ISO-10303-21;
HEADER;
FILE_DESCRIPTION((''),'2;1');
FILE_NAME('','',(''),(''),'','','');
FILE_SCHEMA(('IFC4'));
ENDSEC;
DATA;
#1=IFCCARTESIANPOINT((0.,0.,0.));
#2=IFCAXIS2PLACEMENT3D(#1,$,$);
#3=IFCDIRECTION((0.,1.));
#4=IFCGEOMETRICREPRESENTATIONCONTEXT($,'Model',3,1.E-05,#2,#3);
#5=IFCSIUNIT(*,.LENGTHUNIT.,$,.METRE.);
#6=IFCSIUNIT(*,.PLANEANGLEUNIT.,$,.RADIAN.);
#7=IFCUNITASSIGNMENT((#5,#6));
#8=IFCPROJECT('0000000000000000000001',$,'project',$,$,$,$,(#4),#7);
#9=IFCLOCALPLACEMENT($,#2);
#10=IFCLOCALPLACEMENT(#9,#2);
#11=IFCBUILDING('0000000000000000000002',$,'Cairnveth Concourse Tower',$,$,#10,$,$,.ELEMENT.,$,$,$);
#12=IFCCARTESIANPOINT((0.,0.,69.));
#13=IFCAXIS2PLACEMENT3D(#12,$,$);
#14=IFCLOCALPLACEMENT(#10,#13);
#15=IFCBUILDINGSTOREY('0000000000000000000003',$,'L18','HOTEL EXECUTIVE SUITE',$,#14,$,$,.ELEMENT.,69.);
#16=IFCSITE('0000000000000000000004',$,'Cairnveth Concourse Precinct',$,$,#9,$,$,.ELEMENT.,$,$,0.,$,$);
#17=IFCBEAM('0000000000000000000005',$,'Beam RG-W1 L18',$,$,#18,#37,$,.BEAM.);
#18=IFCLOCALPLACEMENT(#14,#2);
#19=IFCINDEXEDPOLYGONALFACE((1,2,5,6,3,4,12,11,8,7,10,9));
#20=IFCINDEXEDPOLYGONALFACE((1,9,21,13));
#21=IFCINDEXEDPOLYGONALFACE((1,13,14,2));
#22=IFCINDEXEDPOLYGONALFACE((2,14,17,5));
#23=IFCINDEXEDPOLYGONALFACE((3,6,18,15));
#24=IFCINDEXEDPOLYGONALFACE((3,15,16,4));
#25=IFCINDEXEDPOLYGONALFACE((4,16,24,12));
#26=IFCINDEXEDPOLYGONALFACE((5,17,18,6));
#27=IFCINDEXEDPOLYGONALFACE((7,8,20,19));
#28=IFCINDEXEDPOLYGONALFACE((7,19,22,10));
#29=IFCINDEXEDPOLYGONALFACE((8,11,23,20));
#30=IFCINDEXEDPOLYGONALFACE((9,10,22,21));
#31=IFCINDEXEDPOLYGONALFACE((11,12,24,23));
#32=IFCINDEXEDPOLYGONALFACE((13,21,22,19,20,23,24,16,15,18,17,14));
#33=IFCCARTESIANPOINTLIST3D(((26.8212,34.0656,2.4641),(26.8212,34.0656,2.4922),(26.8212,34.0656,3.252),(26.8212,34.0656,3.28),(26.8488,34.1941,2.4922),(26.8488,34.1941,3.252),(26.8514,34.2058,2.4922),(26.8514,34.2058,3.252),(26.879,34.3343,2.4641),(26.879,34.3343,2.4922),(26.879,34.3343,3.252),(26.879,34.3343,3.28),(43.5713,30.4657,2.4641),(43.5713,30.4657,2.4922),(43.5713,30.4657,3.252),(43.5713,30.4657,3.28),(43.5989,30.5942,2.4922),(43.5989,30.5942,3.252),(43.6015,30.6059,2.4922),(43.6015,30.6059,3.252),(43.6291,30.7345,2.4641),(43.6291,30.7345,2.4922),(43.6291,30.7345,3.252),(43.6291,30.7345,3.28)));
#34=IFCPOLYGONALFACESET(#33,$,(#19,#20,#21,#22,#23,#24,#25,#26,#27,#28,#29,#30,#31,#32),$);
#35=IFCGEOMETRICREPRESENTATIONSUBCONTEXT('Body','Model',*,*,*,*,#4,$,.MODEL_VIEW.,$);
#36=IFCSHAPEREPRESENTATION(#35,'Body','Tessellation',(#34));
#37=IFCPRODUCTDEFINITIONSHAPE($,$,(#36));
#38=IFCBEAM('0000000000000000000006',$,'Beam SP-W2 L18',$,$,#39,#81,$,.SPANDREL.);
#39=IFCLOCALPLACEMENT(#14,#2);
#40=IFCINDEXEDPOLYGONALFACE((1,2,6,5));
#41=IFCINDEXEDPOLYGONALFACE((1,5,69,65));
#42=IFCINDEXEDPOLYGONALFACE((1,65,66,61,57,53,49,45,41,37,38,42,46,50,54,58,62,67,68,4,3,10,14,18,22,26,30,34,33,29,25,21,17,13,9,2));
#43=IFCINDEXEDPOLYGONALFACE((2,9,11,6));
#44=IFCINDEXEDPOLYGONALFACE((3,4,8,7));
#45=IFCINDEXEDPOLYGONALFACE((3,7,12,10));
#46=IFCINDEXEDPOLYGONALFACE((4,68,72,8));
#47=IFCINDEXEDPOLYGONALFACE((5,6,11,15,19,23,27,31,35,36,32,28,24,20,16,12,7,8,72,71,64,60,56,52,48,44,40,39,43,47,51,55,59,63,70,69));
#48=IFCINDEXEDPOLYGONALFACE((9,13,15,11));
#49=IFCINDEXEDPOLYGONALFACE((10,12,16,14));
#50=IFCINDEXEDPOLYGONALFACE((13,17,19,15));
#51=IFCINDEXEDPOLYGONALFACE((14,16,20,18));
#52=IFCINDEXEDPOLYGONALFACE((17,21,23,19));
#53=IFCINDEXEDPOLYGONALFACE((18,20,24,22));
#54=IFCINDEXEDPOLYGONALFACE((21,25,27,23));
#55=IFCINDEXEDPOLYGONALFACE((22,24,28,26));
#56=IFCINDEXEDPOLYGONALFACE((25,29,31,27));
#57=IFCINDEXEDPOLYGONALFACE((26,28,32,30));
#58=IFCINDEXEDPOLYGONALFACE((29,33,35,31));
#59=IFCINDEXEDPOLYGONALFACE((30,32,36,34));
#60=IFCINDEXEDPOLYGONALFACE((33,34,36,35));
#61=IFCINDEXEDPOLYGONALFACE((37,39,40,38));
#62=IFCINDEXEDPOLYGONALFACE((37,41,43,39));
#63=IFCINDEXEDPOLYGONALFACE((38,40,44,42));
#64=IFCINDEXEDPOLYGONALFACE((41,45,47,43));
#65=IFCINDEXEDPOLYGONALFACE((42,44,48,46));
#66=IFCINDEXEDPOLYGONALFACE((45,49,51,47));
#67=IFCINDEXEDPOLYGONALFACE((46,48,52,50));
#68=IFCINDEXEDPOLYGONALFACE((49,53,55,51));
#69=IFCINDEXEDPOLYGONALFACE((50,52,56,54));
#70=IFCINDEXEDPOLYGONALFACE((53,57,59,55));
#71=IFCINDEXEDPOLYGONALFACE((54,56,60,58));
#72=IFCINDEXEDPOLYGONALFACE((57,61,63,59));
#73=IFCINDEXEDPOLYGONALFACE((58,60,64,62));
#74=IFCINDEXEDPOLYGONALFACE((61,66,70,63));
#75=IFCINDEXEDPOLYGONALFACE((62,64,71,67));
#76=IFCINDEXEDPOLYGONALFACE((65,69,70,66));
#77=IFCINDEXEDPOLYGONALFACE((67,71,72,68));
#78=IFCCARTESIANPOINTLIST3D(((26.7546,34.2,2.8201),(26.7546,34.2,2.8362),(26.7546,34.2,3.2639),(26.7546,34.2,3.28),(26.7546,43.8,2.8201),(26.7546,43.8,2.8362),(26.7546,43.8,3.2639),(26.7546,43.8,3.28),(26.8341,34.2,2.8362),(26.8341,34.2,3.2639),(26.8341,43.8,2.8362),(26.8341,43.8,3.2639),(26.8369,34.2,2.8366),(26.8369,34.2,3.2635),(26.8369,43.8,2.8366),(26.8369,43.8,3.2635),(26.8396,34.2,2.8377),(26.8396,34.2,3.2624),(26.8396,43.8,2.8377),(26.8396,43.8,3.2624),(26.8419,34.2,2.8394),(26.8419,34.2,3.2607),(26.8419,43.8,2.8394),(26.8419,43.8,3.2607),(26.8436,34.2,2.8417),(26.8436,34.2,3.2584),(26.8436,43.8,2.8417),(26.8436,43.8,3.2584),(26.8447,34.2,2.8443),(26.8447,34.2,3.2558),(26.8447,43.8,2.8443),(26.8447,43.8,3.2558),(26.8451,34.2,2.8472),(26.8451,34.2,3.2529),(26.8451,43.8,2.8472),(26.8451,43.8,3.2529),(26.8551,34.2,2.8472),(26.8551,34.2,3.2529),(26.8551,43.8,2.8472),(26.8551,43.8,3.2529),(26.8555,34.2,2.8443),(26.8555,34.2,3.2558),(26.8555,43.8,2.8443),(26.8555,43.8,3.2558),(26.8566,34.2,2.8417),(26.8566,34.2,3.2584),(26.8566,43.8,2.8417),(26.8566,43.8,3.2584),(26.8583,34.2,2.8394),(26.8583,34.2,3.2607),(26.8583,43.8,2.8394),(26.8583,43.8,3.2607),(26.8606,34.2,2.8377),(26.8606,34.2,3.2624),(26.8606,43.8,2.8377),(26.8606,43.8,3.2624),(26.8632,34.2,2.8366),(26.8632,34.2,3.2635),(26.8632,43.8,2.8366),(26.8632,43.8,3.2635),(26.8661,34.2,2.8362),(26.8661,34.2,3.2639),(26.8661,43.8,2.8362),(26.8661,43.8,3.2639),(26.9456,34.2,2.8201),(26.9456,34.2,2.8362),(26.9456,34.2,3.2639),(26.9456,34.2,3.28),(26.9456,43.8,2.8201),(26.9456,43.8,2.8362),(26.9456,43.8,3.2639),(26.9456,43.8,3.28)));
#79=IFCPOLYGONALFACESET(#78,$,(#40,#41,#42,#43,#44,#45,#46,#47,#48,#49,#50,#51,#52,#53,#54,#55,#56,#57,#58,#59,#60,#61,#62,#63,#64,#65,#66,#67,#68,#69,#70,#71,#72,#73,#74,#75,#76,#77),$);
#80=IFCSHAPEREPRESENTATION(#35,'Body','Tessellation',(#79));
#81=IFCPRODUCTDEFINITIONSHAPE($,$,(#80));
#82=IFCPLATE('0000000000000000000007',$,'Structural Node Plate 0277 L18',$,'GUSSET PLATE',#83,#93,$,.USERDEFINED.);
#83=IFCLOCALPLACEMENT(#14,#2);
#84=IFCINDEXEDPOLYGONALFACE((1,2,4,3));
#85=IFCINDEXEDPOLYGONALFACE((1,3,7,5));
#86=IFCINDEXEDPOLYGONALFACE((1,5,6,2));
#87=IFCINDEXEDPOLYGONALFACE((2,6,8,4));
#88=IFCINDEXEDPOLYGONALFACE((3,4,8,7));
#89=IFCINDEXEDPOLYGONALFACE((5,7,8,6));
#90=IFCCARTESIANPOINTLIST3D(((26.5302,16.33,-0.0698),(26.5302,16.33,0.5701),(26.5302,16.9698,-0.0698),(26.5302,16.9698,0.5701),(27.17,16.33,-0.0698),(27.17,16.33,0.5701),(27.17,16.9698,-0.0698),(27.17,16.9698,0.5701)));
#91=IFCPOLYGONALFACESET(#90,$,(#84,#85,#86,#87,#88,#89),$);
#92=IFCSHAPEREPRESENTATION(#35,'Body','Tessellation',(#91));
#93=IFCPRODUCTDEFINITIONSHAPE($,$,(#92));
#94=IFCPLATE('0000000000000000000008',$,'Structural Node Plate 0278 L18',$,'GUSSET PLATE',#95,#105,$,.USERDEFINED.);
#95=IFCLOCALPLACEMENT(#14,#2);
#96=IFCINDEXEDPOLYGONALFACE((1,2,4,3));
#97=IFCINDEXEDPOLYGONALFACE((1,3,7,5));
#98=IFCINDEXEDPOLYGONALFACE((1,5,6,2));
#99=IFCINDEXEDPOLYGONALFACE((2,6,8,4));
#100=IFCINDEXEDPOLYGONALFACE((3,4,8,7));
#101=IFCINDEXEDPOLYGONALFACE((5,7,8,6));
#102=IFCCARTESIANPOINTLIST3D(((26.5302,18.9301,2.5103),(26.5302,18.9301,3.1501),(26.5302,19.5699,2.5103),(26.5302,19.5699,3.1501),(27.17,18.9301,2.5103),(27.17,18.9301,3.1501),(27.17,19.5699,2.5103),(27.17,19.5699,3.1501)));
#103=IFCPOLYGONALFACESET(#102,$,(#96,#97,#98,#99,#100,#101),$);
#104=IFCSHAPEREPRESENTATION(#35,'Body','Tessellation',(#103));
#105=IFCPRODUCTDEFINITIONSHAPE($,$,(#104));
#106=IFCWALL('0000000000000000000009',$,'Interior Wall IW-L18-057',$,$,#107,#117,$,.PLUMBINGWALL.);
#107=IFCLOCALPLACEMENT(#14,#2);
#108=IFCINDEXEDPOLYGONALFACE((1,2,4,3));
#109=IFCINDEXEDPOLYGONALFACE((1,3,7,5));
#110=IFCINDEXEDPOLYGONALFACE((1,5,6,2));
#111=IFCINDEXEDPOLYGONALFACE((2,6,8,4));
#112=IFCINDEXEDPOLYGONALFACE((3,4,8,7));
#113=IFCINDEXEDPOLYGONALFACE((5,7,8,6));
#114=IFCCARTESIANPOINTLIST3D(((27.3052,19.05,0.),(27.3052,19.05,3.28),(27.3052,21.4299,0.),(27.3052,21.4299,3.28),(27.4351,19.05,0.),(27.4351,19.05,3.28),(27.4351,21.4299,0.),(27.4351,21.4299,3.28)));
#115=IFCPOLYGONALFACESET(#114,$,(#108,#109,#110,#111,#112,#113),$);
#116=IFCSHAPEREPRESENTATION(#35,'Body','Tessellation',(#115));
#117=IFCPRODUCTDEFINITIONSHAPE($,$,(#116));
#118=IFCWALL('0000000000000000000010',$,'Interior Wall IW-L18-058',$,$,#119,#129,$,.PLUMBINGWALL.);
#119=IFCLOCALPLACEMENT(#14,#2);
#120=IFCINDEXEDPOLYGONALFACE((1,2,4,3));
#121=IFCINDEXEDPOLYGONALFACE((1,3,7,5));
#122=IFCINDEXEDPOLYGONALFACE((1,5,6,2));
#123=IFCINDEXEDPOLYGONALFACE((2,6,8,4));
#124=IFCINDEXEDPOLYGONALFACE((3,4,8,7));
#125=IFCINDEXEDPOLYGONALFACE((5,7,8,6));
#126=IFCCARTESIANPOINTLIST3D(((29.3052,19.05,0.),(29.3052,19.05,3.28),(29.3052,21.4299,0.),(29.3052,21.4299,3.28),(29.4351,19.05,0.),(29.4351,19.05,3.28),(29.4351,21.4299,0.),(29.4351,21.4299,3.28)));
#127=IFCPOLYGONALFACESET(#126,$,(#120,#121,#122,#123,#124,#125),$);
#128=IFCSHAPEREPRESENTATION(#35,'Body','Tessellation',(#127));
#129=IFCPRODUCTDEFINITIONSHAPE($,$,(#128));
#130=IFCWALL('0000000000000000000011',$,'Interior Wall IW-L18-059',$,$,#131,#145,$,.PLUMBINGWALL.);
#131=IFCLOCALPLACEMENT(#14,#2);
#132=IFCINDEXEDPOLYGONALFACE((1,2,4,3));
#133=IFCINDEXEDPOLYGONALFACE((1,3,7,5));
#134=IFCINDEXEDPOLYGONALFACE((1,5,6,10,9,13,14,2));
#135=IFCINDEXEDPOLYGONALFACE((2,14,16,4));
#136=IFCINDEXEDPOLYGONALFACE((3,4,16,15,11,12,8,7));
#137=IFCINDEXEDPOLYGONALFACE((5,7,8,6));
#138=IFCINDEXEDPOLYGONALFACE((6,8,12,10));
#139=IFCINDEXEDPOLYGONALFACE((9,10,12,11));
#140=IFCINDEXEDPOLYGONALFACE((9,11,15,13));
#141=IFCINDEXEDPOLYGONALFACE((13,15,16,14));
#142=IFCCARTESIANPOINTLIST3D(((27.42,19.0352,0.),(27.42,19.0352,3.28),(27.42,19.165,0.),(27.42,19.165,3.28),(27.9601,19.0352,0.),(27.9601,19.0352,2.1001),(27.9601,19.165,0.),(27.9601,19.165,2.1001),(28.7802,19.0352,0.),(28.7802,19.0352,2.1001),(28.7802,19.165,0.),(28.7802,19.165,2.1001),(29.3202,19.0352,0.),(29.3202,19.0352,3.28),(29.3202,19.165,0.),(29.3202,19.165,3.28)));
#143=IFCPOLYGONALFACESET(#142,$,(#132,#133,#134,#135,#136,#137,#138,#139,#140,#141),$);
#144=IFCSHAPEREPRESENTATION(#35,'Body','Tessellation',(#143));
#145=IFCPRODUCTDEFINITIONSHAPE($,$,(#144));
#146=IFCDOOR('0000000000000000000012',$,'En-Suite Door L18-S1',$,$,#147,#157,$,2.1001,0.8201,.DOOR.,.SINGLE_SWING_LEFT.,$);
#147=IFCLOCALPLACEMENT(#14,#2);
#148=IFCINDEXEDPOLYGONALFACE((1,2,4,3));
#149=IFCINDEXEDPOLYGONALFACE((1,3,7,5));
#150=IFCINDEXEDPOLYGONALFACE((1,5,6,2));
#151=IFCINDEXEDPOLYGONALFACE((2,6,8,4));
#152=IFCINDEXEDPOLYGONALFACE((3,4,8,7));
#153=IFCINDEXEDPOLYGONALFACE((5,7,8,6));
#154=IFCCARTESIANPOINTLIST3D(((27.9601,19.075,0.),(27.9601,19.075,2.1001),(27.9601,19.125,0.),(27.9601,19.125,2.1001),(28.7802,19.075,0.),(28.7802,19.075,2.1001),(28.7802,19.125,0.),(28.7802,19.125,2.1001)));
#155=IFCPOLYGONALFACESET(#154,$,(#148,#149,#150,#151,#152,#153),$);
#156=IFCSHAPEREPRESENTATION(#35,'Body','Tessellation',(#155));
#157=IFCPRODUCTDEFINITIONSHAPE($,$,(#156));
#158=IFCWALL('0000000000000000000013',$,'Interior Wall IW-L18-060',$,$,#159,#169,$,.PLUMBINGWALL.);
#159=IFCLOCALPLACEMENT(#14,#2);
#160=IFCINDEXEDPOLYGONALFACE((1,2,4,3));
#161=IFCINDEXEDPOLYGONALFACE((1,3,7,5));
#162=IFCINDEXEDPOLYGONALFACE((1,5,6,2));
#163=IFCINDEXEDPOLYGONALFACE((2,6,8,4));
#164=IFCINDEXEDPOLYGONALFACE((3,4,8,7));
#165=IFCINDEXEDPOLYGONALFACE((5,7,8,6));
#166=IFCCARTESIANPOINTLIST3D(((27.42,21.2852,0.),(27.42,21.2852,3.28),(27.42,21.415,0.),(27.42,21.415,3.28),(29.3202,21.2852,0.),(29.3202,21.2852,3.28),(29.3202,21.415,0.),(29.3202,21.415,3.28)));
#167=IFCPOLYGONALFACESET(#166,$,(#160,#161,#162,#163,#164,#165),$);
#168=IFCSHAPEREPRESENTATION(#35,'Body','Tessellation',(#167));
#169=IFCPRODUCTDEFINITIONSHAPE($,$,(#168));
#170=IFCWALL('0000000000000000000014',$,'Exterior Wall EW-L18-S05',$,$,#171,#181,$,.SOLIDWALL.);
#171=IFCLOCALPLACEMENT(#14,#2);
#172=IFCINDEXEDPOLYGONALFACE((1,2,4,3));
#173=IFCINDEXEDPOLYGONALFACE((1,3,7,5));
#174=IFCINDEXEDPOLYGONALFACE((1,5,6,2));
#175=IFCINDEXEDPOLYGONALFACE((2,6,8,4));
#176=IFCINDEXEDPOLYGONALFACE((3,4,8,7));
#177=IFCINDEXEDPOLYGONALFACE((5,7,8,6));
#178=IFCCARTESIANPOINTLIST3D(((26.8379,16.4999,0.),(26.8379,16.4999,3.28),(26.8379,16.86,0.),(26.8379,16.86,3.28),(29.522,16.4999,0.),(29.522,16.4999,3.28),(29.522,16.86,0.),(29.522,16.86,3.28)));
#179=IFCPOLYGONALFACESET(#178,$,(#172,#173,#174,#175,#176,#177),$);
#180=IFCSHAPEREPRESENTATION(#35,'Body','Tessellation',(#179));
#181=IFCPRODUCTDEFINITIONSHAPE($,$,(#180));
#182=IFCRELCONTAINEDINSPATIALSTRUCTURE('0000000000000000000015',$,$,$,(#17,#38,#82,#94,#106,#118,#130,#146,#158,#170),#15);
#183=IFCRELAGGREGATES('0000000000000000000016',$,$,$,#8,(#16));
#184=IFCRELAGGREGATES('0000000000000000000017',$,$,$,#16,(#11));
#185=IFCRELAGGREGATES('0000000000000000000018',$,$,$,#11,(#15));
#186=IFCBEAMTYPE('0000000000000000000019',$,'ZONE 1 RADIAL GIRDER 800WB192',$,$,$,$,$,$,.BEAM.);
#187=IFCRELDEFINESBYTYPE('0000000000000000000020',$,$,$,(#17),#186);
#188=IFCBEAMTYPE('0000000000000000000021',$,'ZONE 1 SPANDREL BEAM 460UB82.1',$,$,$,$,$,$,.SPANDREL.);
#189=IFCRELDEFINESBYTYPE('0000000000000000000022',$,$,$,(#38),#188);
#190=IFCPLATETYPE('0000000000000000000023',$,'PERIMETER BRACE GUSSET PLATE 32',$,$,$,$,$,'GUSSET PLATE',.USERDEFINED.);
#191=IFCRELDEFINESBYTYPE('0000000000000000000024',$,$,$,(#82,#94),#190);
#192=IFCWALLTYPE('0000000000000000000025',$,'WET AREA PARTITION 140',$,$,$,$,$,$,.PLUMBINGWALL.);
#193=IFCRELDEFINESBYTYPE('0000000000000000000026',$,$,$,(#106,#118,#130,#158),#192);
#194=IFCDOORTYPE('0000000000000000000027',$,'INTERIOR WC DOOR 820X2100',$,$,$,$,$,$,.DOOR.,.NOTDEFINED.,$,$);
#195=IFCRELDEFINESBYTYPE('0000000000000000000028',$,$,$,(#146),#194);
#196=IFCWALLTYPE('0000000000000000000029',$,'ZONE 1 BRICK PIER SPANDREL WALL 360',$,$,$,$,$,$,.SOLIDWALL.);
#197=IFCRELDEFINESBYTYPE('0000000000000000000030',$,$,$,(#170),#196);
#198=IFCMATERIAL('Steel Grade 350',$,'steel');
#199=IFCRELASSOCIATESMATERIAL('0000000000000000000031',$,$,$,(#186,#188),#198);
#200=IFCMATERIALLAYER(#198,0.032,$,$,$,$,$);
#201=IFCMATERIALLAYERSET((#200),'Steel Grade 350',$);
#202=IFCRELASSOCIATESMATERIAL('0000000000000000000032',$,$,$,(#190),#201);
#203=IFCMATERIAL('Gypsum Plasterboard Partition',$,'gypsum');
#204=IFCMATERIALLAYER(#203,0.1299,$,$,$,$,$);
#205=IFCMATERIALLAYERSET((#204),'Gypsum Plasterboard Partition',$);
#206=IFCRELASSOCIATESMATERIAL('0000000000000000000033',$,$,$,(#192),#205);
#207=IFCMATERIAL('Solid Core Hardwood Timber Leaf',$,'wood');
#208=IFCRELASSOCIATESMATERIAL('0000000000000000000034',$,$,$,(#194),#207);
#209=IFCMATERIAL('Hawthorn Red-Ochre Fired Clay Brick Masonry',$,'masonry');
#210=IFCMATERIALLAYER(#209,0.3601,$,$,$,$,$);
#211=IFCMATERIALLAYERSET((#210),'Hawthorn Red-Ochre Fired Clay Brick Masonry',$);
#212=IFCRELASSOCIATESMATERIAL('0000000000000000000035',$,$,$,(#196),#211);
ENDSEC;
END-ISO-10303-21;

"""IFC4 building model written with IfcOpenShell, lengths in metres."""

from ifc_helpers import new_model, si_unit, direction, frame, frame_2d, origin, origin_2d, place, context, subcontext, project, spatial, rectangle, i_section, extrude, material, layer, layer_set, material_profile, profile_set, type_object, element, fill, save


model = new_model("IFC4")

# Units and contexts
model_context = context("Model", 3, precision=1e-05, world=origin(), true_north=direction((0.0, 1.0)))
body_context = subcontext(model_context, "Body", "Model", "MODEL_VIEW")
ifc_project = project(units=[si_unit("LENGTHUNIT", "METRE"), si_unit("PLANEANGLEUNIT", "RADIAN")], contexts=[model_context])

# Site, building, storey
site_placement = place(None, origin())
site = spatial("IfcSite", under=ifc_project, at=site_placement, Name="Cairnveth Concourse Precinct", CompositionType="ELEMENT", RefElevation=0.0)
building_placement = place(site_placement, origin())
building = spatial("IfcBuilding", under=site, at=building_placement, Name="Cairnveth Concourse Tower", CompositionType="ELEMENT")
storey_placement = place(building_placement, frame((0.0, 0.0, 69.0)))
storey = spatial("IfcBuildingStorey", under=building, at=storey_placement, Name="L18", Description="HOTEL EXECUTIVE SUITE", CompositionType="ELEMENT", Elevation=69.0)

# Shared definitions
ifc_material_1 = material(Name="Steel Grade 350", Category="steel")

# Beams
ifc_material_profile_1 = material_profile(ifc_material_1, i_section(OverallWidth=0.2749, OverallDepth=0.8159, WebThickness=0.012, FlangeThickness=0.0281, at=origin_2d()), Name="800WB192")
ifc_profile_set_1 = profile_set([ifc_material_profile_1], Name="Steel Grade 350")
beam_type_1 = type_object("IfcBeamType", Name="ZONE 1 RADIAL GIRDER 800WB192", PredefinedType="BEAM", material=ifc_profile_set_1)
beam_1_placement = place(storey_placement, frame((26.8501, 34.2, 2.8721), z_axis=(0.977676, -0.210119, 0.0), x_axis=(0.210119, 0.977676, 0.0)))
element("IfcBeam", 1, at=beam_1_placement, inside=storey, type_object=beam_type_1, Name="Beam RG-W1 L18", PredefinedType="BEAM", context=body_context, shape_type="SweptSolid", body=[
    extrude(i_section(OverallWidth=0.2749, OverallDepth=0.8159, WebThickness=0.012, FlangeThickness=0.0281, at=origin_2d()), origin(), (0.0, 0.0, 1.0), 17.1326),
])
ifc_material_profile_2 = material_profile(ifc_material_1, i_section(OverallWidth=0.1909, OverallDepth=0.46, WebThickness=0.01, FlangeThickness=0.0161, FilletRadius=0.011, at=origin_2d()), Name="460UB82.1")
ifc_profile_set_2 = profile_set([ifc_material_profile_2], Name="Steel Grade 350")
beam_type_2 = type_object("IfcBeamType", Name="ZONE 1 SPANDREL BEAM 460UB82.1", PredefinedType="SPANDREL", material=ifc_profile_set_2)
beam_2_placement = place(storey_placement, frame((26.8501, 34.2, 3.05), z_axis=(0.0, 1.0, 0.0), x_axis=(-1.0, 0.0, 0.0)))
element("IfcBeam", 2, at=beam_2_placement, inside=storey, type_object=beam_type_2, Name="Beam SP-W2 L18", PredefinedType="SPANDREL", context=body_context, shape_type="SweptSolid", body=[
    extrude(i_section(OverallWidth=0.1909, OverallDepth=0.46, WebThickness=0.01, FlangeThickness=0.0161, FilletRadius=0.011, at=origin_2d()), origin(), (0.0, 0.0, 1.0), 9.6001),
])

# Plates
ifc_layer_1 = layer(ifc_material_1, 0.032)
ifc_layer_set_1 = layer_set([ifc_layer_1], Name="Steel Grade 350")
plate_type = type_object("IfcPlateType", Name="PERIMETER BRACE GUSSET PLATE 32", ElementType="GUSSET PLATE", PredefinedType="USERDEFINED", material=ifc_layer_set_1)
for number, where, z_axis, x_axis, name in (
    (3, (26.8501, 16.6499, -0.0698), (0.0, 0.0, 1.0), (1.0, 0.0, 0.0), "Structural Node Plate 0277 L18"),
    (4, (26.8501, 19.25, 2.5103), (0.0, 0.0, 1.0), (1.0, 0.0, 0.0), "Structural Node Plate 0278 L18"),
):
    element("IfcPlate", number, at=place(storey_placement, frame(where, z_axis=z_axis, x_axis=x_axis)), inside=storey, type_object=plate_type, Name=name, ObjectType="GUSSET PLATE", PredefinedType="USERDEFINED", context=body_context, shape_type="SweptSolid", body=[
        extrude(rectangle(XDim=0.6399, YDim=0.6399, at=origin_2d()), origin(), (0.0, 0.0, 1.0), 0.6399),
    ])

# Walls
ifc_material_2 = material(Name="Gypsum Plasterboard Partition", Category="gypsum")
ifc_layer_2 = layer(ifc_material_2, 0.1299)
ifc_layer_set_2 = layer_set([ifc_layer_2], Name="Gypsum Plasterboard Partition")
wall_type_1 = type_object("IfcWallType", Name="WET AREA PARTITION 140", PredefinedType="PLUMBINGWALL", material=ifc_layer_set_2)
for number, where, z_axis, x_axis, name in (
    (5, (27.3701, 19.05, 0.0), (0.0, 0.0, 1.0), (0.0, 1.0, 0.0), "Interior Wall IW-L18-057"),
    (6, (29.3701, 19.05, 0.0), (0.0, 0.0, 1.0), (0.0, 1.0, 0.0), "Interior Wall IW-L18-058"),
):
    element("IfcWall", number, at=place(storey_placement, frame(where, z_axis=z_axis, x_axis=x_axis)), inside=storey, type_object=wall_type_1, Name=name, PredefinedType="PLUMBINGWALL", context=body_context, shape_type="SweptSolid", body=[
        extrude(rectangle(XDim=2.3799, YDim=0.1299, at=frame_2d((1.1899, 0.0))), origin(), (0.0, 0.0, 1.0), 3.28),
    ])

# Wall, opening, door
wall_1_placement = place(storey_placement, frame((27.4199, 19.1001, 0.0), z_axis=(0.0, 0.0, 1.0), x_axis=(1.0, 0.0, 0.0)))
wall_1 = element("IfcWall", 7, at=wall_1_placement, inside=storey, type_object=wall_type_1, Name="Interior Wall IW-L18-059", PredefinedType="PLUMBINGWALL", context=body_context, shape_type="SweptSolid", body=[
    extrude(rectangle(XDim=1.9001, YDim=0.1299, at=frame_2d((0.9502, 0.0))), origin(), (0.0, 0.0, 1.0), 3.28),
])
opening_placement = place(wall_1_placement, frame((0.54, 0.0, 0.0)))
opening = element("IfcOpeningElement", 8, at=opening_placement, cuts=wall_1, PredefinedType="OPENING", context=body_context, shape_type="SweptSolid", body=[
    extrude(rectangle(XDim=0.8201, YDim=2.1001, at=frame_2d((0.4102, 1.05))), frame((0.0, 0.075, 0.0), z_axis=(0.0, -1.0, 0.0), x_axis=(1.0, 0.0, 0.0)), (0.0, 0.0, 1.0), 0.1499),
])
ifc_material_3 = material(Name="Solid Core Hardwood Timber Leaf", Category="wood")
door_type = type_object("IfcDoorType", Name="INTERIOR WC DOOR 820X2100", OperationType="NOTDEFINED", PredefinedType="DOOR", material=ifc_material_3)
door_placement = place(opening_placement, origin())
door = element("IfcDoor", 9, at=door_placement, inside=storey, type_object=door_type, Name="En-Suite Door L18-S1", OperationType="SINGLE_SWING_LEFT", OverallHeight=2.1001, OverallWidth=0.8201, PredefinedType="DOOR", context=body_context, shape_type="SweptSolid", body=[
    extrude(rectangle(XDim=0.8201, YDim=2.1001, at=frame_2d((0.4102, 1.05))), frame((0.0, 0.0249, 0.0), z_axis=(0.0, -1.0, 0.0), x_axis=(1.0, 0.0, 0.0)), (0.0, 0.0, 1.0), 0.05),
])
fill(opening, door)

# Walls
wall_2_placement = place(storey_placement, frame((27.4199, 21.3501, 0.0), z_axis=(0.0, 0.0, 1.0), x_axis=(1.0, 0.0, 0.0)))
element("IfcWall", 10, at=wall_2_placement, inside=storey, type_object=wall_type_1, Name="Interior Wall IW-L18-060", PredefinedType="PLUMBINGWALL", context=body_context, shape_type="SweptSolid", body=[
    extrude(rectangle(XDim=1.9001, YDim=0.1299, at=frame_2d((0.9502, 0.0))), origin(), (0.0, 0.0, 1.0), 3.28),
])
ifc_material_4 = material(Name="Hawthorn Red-Ochre Fired Clay Brick Masonry", Category="masonry")
ifc_layer_3 = layer(ifc_material_4, 0.3601)
ifc_layer_set_3 = layer_set([ifc_layer_3], Name="Hawthorn Red-Ochre Fired Clay Brick Masonry")
wall_type_2 = type_object("IfcWallType", Name="ZONE 1 BRICK PIER SPANDREL WALL 360", PredefinedType="SOLIDWALL", material=ifc_layer_set_3)
wall_3_placement = place(storey_placement, frame((29.522, 16.6799, 0.0), z_axis=(0.0, 0.0, 1.0), x_axis=(-1.0, 0.0, 0.0)))
element("IfcWall", 11, at=wall_3_placement, inside=storey, type_object=wall_type_2, Name="Exterior Wall EW-L18-S05", PredefinedType="SOLIDWALL", context=body_context, shape_type="SweptSolid", body=[
    extrude(rectangle(XDim=2.6841, YDim=0.3601, at=frame_2d((1.342, 0.0))), origin(), (0.0, 0.0, 1.0), 3.28),
])

save(model, "model.ifc")
